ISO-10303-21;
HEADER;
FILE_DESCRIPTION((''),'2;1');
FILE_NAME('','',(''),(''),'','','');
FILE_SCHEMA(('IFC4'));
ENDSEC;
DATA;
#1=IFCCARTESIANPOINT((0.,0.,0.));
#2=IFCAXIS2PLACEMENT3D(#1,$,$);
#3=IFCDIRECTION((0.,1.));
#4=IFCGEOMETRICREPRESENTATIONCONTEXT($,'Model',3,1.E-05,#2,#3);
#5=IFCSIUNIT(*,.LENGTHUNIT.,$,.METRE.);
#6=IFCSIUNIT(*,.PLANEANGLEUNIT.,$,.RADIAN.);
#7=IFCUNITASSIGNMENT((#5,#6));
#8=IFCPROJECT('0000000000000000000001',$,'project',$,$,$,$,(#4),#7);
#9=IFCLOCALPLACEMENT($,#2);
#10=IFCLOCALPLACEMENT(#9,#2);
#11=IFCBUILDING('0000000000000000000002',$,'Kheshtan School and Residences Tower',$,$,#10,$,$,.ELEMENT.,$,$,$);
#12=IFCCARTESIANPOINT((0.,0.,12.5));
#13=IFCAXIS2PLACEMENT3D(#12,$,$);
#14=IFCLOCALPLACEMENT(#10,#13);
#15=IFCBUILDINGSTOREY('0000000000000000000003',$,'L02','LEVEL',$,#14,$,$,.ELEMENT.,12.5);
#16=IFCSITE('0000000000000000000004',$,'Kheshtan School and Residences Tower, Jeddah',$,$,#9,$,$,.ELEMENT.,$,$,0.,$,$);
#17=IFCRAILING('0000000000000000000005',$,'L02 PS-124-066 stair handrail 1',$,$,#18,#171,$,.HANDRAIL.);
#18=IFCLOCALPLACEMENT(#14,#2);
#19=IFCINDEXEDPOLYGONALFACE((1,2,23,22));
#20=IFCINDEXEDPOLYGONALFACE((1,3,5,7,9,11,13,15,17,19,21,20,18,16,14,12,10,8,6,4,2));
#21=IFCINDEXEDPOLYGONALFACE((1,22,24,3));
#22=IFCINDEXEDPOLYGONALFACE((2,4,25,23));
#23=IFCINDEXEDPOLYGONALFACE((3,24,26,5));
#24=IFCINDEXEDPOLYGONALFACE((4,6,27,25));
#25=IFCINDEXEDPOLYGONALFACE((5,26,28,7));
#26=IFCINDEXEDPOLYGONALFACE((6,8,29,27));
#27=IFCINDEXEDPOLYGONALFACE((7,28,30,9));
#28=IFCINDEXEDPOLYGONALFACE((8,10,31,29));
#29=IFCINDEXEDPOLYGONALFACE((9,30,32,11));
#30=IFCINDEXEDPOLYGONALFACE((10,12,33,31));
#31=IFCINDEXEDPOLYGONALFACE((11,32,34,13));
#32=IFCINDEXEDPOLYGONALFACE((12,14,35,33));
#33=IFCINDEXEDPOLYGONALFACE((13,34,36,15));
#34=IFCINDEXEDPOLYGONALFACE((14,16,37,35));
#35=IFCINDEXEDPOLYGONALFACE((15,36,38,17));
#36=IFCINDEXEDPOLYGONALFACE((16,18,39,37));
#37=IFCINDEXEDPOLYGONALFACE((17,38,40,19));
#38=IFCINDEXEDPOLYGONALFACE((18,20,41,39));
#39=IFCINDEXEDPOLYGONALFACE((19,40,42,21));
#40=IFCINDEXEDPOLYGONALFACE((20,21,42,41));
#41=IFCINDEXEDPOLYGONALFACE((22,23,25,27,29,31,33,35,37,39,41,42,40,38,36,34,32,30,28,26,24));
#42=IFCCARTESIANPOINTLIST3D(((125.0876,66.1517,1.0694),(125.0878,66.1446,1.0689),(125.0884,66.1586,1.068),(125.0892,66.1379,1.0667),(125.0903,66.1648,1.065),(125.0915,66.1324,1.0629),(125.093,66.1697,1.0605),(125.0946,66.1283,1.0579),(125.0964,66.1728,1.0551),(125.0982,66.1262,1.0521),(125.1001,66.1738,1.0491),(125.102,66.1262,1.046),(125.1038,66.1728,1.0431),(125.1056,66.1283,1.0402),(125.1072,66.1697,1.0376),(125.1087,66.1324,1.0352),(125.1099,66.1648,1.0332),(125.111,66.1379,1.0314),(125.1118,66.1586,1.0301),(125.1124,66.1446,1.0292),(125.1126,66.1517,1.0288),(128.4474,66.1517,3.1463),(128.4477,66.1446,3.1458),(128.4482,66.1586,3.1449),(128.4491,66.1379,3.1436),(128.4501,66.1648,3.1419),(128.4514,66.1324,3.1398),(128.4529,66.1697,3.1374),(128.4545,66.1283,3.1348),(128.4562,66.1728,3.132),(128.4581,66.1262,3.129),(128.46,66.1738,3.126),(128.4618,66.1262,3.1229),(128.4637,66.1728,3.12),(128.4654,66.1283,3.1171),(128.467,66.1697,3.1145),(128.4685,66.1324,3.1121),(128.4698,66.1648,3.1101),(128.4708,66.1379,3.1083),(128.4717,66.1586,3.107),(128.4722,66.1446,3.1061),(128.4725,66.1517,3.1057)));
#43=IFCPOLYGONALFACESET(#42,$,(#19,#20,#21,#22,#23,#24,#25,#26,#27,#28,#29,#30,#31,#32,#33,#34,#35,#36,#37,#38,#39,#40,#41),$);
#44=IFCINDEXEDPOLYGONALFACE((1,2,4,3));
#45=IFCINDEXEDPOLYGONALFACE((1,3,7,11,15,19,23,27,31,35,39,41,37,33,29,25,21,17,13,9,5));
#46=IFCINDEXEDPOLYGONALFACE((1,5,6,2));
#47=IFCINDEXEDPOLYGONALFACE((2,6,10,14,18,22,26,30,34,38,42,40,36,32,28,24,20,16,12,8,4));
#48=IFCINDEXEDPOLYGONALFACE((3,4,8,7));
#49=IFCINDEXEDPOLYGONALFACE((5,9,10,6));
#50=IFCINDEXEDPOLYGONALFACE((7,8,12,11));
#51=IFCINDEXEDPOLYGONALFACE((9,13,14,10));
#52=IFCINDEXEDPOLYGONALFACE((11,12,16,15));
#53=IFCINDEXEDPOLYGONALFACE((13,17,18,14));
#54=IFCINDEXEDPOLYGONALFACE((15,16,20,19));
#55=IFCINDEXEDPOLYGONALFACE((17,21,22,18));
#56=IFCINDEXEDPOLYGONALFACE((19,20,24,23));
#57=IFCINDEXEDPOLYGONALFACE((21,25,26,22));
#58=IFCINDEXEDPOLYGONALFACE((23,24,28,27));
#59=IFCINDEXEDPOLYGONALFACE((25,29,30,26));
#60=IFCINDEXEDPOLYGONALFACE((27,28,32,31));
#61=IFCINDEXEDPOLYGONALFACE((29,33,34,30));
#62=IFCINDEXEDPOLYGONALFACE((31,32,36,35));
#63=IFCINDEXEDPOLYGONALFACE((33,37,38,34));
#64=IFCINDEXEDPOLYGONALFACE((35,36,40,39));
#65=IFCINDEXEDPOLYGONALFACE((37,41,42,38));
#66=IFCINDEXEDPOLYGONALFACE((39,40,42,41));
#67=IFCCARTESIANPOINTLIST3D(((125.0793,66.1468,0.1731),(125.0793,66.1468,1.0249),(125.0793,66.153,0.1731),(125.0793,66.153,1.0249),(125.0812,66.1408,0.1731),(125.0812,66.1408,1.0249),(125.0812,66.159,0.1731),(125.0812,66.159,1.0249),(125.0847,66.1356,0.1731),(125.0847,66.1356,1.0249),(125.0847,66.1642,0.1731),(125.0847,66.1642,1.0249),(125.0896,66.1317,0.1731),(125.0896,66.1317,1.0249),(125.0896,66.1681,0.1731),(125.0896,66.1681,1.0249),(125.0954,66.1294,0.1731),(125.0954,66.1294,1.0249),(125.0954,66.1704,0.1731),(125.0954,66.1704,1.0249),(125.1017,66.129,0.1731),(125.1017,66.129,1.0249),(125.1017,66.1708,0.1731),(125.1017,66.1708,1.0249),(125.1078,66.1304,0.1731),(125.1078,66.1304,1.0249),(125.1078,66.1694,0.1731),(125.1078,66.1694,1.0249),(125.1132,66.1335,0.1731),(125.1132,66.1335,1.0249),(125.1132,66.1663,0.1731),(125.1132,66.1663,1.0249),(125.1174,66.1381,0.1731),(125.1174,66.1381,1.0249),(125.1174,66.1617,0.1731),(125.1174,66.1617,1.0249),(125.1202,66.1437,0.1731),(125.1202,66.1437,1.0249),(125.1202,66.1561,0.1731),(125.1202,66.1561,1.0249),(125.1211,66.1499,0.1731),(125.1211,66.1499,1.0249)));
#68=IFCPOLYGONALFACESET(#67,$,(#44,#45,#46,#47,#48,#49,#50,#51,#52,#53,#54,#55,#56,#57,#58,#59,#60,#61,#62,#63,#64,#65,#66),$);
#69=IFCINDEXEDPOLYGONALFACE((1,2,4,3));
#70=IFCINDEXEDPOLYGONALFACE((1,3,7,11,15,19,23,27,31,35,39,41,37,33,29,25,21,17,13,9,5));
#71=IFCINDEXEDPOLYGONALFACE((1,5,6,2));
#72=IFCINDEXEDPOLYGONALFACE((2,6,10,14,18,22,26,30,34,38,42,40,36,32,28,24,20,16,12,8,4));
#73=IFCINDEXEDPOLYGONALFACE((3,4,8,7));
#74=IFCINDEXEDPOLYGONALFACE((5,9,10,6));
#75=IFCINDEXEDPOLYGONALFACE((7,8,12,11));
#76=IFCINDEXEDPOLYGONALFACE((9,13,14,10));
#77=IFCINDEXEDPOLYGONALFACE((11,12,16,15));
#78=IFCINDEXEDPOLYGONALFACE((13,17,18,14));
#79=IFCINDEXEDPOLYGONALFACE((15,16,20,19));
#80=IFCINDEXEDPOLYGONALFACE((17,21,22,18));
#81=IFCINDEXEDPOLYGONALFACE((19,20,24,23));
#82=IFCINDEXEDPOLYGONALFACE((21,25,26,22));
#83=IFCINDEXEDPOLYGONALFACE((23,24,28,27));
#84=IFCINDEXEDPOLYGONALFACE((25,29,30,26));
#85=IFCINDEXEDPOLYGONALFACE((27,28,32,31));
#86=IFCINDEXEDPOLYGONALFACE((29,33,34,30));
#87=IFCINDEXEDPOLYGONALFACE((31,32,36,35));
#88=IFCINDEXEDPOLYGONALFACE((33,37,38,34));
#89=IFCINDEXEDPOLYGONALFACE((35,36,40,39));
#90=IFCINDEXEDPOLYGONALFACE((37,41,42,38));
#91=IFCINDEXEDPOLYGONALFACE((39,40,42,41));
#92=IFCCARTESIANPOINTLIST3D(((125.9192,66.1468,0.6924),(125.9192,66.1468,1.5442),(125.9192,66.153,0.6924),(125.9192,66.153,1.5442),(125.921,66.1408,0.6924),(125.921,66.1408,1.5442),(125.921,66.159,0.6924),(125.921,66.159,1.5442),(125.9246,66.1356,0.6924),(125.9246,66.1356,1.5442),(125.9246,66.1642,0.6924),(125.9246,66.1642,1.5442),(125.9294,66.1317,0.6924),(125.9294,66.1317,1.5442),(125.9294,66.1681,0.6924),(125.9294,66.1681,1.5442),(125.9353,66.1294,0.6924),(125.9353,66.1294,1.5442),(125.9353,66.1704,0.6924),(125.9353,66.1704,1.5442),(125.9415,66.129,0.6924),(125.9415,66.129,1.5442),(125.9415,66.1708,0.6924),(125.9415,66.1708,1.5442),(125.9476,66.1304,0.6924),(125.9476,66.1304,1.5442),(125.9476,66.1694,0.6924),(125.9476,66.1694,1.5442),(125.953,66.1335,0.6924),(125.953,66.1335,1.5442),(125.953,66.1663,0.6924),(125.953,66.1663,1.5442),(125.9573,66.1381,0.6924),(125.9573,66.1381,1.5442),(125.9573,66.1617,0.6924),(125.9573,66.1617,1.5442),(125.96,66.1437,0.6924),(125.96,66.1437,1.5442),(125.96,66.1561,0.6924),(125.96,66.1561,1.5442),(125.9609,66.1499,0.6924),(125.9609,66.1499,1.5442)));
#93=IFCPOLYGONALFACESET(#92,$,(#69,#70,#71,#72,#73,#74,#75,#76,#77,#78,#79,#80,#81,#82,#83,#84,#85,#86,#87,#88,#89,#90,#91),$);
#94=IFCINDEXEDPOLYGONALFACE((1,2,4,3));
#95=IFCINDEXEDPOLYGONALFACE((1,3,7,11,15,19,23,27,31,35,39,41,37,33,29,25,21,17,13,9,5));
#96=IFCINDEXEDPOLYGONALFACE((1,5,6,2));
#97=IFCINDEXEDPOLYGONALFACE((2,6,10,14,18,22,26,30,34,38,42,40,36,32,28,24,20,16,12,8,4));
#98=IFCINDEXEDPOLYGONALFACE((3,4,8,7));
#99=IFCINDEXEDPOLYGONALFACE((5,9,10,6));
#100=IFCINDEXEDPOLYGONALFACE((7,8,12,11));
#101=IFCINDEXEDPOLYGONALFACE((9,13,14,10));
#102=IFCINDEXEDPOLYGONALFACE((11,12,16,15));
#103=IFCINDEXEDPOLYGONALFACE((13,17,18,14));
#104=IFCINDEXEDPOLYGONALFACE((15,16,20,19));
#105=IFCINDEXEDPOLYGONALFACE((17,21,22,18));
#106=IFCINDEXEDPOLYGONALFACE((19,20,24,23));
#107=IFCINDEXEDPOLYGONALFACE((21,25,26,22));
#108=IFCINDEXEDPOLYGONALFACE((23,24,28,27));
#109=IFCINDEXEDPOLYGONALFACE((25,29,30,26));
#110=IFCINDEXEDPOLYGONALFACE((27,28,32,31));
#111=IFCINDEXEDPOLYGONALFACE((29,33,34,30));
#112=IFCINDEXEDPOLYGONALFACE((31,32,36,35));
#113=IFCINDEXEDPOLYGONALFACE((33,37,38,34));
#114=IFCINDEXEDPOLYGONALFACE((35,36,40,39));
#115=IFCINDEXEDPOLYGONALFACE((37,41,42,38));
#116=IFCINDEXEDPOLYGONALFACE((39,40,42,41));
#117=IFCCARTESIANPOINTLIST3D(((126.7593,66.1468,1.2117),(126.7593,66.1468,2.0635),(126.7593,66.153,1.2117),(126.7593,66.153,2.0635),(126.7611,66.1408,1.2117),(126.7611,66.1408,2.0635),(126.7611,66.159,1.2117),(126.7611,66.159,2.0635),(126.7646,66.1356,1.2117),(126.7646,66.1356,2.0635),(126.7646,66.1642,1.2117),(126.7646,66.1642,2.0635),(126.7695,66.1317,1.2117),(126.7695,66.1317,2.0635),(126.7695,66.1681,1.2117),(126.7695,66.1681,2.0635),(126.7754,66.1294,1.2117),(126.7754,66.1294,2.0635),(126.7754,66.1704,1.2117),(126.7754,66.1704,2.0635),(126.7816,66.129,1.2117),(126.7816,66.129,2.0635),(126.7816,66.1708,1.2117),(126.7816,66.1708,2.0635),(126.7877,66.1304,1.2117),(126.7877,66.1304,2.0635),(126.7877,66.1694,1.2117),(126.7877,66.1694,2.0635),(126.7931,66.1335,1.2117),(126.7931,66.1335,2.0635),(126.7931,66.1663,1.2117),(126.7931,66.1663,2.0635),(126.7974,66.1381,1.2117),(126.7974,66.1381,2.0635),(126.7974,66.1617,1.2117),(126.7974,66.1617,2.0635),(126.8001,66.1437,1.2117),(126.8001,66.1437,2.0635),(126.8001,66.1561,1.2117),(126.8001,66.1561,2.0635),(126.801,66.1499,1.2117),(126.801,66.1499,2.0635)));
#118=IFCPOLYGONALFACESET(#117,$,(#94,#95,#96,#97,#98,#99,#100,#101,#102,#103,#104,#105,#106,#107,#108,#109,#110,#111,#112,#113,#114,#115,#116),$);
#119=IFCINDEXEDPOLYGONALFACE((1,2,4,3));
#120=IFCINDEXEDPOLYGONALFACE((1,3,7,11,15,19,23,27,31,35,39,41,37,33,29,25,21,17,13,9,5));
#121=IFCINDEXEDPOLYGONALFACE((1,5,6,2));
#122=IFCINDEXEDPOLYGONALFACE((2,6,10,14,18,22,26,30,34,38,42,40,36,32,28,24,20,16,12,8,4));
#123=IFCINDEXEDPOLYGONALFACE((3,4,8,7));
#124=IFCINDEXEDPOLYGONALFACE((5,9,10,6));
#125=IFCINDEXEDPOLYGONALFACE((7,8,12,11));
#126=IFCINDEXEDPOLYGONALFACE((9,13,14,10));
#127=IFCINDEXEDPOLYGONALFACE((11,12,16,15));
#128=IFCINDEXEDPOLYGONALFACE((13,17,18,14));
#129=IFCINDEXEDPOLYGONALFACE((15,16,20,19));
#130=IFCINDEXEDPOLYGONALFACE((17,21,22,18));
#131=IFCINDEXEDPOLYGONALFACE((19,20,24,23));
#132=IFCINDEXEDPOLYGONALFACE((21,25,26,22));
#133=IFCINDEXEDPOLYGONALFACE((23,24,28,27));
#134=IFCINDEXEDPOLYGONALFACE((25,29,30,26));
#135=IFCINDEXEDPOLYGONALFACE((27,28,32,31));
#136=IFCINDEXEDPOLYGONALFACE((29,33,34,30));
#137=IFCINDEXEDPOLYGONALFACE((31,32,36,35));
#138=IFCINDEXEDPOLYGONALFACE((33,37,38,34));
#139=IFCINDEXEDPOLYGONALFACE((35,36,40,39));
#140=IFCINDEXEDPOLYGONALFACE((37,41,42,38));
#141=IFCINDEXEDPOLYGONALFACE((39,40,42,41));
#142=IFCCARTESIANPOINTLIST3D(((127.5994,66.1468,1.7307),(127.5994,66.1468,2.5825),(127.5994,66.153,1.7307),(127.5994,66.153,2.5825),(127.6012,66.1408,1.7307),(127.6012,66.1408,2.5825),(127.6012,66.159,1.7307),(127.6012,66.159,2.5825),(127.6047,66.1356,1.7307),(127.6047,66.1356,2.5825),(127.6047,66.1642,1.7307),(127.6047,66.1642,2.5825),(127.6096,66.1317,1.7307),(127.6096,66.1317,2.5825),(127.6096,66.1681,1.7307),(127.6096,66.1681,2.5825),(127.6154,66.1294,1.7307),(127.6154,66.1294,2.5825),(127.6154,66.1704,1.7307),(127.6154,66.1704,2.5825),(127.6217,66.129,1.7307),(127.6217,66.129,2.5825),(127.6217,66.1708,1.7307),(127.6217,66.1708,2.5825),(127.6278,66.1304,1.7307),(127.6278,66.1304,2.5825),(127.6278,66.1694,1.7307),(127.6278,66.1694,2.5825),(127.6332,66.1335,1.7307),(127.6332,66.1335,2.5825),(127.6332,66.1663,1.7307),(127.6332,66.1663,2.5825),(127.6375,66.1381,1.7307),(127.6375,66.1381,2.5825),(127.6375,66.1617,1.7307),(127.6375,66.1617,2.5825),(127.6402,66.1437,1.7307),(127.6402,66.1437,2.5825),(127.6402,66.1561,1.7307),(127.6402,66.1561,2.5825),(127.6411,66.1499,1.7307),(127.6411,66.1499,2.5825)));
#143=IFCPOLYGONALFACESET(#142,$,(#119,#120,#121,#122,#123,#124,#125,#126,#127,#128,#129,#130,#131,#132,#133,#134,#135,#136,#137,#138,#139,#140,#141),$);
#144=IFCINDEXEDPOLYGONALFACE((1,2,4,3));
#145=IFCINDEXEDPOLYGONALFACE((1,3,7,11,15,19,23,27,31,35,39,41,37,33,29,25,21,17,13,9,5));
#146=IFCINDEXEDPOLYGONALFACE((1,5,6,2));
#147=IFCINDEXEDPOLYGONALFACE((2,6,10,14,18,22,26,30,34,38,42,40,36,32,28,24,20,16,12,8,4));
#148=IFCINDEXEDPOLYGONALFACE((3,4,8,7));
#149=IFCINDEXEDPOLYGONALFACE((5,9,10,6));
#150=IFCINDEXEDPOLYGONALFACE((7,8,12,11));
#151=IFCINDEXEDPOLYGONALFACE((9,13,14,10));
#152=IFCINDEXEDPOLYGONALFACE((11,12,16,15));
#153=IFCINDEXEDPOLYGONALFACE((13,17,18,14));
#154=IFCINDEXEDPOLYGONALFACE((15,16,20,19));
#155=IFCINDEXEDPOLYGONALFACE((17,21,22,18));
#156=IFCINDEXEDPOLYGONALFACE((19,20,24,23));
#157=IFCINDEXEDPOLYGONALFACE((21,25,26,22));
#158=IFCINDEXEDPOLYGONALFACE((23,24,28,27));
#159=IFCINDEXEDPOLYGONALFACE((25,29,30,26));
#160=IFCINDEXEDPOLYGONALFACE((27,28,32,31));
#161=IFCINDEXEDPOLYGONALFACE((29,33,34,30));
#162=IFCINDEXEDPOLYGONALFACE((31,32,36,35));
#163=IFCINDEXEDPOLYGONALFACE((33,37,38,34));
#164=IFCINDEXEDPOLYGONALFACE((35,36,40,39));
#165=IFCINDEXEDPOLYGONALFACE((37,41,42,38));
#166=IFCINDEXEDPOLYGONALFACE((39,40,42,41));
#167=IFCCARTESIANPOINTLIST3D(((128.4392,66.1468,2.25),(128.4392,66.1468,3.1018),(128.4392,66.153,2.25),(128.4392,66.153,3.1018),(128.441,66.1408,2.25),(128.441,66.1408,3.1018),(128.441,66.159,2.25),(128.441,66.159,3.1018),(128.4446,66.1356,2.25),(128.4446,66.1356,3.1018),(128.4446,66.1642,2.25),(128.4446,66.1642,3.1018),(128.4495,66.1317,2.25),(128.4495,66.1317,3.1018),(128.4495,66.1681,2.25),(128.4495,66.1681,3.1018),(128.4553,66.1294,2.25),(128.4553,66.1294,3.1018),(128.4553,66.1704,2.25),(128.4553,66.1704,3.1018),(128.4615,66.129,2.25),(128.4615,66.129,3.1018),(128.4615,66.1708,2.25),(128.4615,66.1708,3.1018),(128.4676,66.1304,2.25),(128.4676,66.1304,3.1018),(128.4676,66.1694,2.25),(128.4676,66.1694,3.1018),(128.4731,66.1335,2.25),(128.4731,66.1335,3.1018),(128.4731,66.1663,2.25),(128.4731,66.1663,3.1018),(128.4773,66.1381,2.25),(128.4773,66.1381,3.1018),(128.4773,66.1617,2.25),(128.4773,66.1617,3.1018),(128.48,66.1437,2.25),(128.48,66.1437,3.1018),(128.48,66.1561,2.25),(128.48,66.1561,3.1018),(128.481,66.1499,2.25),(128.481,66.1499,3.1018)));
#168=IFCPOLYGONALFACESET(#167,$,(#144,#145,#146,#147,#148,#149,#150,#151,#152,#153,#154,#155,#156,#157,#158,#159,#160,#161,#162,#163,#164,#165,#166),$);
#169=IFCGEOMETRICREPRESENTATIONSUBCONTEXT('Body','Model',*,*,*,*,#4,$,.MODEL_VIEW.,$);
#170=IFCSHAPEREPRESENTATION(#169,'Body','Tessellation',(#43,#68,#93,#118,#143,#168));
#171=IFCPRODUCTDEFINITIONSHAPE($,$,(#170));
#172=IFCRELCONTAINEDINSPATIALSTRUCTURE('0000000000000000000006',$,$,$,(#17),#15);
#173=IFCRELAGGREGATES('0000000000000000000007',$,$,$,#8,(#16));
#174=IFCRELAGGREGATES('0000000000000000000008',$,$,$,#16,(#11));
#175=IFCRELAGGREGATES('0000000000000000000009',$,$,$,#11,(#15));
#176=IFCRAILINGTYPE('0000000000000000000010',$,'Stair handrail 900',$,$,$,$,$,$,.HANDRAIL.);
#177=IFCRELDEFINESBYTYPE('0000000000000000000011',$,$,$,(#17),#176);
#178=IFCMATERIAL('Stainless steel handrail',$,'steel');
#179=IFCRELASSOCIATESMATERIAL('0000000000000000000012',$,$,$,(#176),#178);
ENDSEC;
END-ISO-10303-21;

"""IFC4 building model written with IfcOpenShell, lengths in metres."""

from ifc_helpers import new_model, si_unit, direction, frame, origin, origin_2d, place, context, subcontext, project, spatial, circle, extrude, material, type_object, element, save


model = new_model("IFC4")

# Units and contexts
model_context = context("Model", 3, precision=1e-05, world=origin(), true_north=direction((0.0, 1.0)))
body_context = subcontext(model_context, "Body", "Model", "MODEL_VIEW")
ifc_project = project(units=[si_unit("LENGTHUNIT", "METRE"), si_unit("PLANEANGLEUNIT", "RADIAN")], contexts=[model_context])

# Site, building, storey
site_placement = place(None, origin())
site = spatial("IfcSite", under=ifc_project, at=site_placement, Name="Kheshtan School and Residences Tower, Jeddah", CompositionType="ELEMENT", RefElevation=0.0)
building_placement = place(site_placement, origin())
building = spatial("IfcBuilding", under=site, at=building_placement, Name="Kheshtan School and Residences Tower", CompositionType="ELEMENT")
storey_placement = place(building_placement, frame((0.0, 0.0, 12.5)))
storey = spatial("IfcBuildingStorey", under=building, at=storey_placement, Name="L02", Description="LEVEL", CompositionType="ELEMENT", Elevation=12.5)

# Railing
ifc_material_1 = material(Name="Stainless steel handrail", Category="steel")
railing_type_1 = type_object("IfcRailingType", Name="Stair handrail 900", PredefinedType="HANDRAIL", material=ifc_material_1)
railing_1_placement = place(storey_placement, frame((125.1001, 66.1499, 0.1731)))
element("IfcRailing", 1, at=railing_1_placement, inside=storey, type_object=railing_type_1, Name="L02 PS-124-066 stair handrail 1", PredefinedType="HANDRAIL", context=body_context, shape_type="SweptSolid", body=[
    extrude(circle(Radius=0.0239, at=origin_2d()), frame((0.0, 0.0, 0.876), z_axis=(0.850606, 0.0, 0.525803), x_axis=(0.0, 1.0, 0.0)), (0.0, 0.0, 1.0), 3.95),
    extrude(circle(Radius=0.021, at=origin_2d()), origin(), (0.0, 0.0, 1.0), 0.8518),
    extrude(circle(Radius=0.021, at=origin_2d()), frame((0.8398, 0.0, 0.5193)), (0.0, 0.0, 1.0), 0.8518),
    extrude(circle(Radius=0.021, at=origin_2d()), frame((1.6799, 0.0, 1.0386)), (0.0, 0.0, 1.0), 0.8518),
    extrude(circle(Radius=0.021, at=origin_2d()), frame((2.52, 0.0, 1.5576)), (0.0, 0.0, 1.0), 0.8518),
    extrude(circle(Radius=0.021, at=origin_2d()), frame((3.3599, 0.0, 2.0769)), (0.0, 0.0, 1.0), 0.8518),
])

save(model, "model.ifc")
